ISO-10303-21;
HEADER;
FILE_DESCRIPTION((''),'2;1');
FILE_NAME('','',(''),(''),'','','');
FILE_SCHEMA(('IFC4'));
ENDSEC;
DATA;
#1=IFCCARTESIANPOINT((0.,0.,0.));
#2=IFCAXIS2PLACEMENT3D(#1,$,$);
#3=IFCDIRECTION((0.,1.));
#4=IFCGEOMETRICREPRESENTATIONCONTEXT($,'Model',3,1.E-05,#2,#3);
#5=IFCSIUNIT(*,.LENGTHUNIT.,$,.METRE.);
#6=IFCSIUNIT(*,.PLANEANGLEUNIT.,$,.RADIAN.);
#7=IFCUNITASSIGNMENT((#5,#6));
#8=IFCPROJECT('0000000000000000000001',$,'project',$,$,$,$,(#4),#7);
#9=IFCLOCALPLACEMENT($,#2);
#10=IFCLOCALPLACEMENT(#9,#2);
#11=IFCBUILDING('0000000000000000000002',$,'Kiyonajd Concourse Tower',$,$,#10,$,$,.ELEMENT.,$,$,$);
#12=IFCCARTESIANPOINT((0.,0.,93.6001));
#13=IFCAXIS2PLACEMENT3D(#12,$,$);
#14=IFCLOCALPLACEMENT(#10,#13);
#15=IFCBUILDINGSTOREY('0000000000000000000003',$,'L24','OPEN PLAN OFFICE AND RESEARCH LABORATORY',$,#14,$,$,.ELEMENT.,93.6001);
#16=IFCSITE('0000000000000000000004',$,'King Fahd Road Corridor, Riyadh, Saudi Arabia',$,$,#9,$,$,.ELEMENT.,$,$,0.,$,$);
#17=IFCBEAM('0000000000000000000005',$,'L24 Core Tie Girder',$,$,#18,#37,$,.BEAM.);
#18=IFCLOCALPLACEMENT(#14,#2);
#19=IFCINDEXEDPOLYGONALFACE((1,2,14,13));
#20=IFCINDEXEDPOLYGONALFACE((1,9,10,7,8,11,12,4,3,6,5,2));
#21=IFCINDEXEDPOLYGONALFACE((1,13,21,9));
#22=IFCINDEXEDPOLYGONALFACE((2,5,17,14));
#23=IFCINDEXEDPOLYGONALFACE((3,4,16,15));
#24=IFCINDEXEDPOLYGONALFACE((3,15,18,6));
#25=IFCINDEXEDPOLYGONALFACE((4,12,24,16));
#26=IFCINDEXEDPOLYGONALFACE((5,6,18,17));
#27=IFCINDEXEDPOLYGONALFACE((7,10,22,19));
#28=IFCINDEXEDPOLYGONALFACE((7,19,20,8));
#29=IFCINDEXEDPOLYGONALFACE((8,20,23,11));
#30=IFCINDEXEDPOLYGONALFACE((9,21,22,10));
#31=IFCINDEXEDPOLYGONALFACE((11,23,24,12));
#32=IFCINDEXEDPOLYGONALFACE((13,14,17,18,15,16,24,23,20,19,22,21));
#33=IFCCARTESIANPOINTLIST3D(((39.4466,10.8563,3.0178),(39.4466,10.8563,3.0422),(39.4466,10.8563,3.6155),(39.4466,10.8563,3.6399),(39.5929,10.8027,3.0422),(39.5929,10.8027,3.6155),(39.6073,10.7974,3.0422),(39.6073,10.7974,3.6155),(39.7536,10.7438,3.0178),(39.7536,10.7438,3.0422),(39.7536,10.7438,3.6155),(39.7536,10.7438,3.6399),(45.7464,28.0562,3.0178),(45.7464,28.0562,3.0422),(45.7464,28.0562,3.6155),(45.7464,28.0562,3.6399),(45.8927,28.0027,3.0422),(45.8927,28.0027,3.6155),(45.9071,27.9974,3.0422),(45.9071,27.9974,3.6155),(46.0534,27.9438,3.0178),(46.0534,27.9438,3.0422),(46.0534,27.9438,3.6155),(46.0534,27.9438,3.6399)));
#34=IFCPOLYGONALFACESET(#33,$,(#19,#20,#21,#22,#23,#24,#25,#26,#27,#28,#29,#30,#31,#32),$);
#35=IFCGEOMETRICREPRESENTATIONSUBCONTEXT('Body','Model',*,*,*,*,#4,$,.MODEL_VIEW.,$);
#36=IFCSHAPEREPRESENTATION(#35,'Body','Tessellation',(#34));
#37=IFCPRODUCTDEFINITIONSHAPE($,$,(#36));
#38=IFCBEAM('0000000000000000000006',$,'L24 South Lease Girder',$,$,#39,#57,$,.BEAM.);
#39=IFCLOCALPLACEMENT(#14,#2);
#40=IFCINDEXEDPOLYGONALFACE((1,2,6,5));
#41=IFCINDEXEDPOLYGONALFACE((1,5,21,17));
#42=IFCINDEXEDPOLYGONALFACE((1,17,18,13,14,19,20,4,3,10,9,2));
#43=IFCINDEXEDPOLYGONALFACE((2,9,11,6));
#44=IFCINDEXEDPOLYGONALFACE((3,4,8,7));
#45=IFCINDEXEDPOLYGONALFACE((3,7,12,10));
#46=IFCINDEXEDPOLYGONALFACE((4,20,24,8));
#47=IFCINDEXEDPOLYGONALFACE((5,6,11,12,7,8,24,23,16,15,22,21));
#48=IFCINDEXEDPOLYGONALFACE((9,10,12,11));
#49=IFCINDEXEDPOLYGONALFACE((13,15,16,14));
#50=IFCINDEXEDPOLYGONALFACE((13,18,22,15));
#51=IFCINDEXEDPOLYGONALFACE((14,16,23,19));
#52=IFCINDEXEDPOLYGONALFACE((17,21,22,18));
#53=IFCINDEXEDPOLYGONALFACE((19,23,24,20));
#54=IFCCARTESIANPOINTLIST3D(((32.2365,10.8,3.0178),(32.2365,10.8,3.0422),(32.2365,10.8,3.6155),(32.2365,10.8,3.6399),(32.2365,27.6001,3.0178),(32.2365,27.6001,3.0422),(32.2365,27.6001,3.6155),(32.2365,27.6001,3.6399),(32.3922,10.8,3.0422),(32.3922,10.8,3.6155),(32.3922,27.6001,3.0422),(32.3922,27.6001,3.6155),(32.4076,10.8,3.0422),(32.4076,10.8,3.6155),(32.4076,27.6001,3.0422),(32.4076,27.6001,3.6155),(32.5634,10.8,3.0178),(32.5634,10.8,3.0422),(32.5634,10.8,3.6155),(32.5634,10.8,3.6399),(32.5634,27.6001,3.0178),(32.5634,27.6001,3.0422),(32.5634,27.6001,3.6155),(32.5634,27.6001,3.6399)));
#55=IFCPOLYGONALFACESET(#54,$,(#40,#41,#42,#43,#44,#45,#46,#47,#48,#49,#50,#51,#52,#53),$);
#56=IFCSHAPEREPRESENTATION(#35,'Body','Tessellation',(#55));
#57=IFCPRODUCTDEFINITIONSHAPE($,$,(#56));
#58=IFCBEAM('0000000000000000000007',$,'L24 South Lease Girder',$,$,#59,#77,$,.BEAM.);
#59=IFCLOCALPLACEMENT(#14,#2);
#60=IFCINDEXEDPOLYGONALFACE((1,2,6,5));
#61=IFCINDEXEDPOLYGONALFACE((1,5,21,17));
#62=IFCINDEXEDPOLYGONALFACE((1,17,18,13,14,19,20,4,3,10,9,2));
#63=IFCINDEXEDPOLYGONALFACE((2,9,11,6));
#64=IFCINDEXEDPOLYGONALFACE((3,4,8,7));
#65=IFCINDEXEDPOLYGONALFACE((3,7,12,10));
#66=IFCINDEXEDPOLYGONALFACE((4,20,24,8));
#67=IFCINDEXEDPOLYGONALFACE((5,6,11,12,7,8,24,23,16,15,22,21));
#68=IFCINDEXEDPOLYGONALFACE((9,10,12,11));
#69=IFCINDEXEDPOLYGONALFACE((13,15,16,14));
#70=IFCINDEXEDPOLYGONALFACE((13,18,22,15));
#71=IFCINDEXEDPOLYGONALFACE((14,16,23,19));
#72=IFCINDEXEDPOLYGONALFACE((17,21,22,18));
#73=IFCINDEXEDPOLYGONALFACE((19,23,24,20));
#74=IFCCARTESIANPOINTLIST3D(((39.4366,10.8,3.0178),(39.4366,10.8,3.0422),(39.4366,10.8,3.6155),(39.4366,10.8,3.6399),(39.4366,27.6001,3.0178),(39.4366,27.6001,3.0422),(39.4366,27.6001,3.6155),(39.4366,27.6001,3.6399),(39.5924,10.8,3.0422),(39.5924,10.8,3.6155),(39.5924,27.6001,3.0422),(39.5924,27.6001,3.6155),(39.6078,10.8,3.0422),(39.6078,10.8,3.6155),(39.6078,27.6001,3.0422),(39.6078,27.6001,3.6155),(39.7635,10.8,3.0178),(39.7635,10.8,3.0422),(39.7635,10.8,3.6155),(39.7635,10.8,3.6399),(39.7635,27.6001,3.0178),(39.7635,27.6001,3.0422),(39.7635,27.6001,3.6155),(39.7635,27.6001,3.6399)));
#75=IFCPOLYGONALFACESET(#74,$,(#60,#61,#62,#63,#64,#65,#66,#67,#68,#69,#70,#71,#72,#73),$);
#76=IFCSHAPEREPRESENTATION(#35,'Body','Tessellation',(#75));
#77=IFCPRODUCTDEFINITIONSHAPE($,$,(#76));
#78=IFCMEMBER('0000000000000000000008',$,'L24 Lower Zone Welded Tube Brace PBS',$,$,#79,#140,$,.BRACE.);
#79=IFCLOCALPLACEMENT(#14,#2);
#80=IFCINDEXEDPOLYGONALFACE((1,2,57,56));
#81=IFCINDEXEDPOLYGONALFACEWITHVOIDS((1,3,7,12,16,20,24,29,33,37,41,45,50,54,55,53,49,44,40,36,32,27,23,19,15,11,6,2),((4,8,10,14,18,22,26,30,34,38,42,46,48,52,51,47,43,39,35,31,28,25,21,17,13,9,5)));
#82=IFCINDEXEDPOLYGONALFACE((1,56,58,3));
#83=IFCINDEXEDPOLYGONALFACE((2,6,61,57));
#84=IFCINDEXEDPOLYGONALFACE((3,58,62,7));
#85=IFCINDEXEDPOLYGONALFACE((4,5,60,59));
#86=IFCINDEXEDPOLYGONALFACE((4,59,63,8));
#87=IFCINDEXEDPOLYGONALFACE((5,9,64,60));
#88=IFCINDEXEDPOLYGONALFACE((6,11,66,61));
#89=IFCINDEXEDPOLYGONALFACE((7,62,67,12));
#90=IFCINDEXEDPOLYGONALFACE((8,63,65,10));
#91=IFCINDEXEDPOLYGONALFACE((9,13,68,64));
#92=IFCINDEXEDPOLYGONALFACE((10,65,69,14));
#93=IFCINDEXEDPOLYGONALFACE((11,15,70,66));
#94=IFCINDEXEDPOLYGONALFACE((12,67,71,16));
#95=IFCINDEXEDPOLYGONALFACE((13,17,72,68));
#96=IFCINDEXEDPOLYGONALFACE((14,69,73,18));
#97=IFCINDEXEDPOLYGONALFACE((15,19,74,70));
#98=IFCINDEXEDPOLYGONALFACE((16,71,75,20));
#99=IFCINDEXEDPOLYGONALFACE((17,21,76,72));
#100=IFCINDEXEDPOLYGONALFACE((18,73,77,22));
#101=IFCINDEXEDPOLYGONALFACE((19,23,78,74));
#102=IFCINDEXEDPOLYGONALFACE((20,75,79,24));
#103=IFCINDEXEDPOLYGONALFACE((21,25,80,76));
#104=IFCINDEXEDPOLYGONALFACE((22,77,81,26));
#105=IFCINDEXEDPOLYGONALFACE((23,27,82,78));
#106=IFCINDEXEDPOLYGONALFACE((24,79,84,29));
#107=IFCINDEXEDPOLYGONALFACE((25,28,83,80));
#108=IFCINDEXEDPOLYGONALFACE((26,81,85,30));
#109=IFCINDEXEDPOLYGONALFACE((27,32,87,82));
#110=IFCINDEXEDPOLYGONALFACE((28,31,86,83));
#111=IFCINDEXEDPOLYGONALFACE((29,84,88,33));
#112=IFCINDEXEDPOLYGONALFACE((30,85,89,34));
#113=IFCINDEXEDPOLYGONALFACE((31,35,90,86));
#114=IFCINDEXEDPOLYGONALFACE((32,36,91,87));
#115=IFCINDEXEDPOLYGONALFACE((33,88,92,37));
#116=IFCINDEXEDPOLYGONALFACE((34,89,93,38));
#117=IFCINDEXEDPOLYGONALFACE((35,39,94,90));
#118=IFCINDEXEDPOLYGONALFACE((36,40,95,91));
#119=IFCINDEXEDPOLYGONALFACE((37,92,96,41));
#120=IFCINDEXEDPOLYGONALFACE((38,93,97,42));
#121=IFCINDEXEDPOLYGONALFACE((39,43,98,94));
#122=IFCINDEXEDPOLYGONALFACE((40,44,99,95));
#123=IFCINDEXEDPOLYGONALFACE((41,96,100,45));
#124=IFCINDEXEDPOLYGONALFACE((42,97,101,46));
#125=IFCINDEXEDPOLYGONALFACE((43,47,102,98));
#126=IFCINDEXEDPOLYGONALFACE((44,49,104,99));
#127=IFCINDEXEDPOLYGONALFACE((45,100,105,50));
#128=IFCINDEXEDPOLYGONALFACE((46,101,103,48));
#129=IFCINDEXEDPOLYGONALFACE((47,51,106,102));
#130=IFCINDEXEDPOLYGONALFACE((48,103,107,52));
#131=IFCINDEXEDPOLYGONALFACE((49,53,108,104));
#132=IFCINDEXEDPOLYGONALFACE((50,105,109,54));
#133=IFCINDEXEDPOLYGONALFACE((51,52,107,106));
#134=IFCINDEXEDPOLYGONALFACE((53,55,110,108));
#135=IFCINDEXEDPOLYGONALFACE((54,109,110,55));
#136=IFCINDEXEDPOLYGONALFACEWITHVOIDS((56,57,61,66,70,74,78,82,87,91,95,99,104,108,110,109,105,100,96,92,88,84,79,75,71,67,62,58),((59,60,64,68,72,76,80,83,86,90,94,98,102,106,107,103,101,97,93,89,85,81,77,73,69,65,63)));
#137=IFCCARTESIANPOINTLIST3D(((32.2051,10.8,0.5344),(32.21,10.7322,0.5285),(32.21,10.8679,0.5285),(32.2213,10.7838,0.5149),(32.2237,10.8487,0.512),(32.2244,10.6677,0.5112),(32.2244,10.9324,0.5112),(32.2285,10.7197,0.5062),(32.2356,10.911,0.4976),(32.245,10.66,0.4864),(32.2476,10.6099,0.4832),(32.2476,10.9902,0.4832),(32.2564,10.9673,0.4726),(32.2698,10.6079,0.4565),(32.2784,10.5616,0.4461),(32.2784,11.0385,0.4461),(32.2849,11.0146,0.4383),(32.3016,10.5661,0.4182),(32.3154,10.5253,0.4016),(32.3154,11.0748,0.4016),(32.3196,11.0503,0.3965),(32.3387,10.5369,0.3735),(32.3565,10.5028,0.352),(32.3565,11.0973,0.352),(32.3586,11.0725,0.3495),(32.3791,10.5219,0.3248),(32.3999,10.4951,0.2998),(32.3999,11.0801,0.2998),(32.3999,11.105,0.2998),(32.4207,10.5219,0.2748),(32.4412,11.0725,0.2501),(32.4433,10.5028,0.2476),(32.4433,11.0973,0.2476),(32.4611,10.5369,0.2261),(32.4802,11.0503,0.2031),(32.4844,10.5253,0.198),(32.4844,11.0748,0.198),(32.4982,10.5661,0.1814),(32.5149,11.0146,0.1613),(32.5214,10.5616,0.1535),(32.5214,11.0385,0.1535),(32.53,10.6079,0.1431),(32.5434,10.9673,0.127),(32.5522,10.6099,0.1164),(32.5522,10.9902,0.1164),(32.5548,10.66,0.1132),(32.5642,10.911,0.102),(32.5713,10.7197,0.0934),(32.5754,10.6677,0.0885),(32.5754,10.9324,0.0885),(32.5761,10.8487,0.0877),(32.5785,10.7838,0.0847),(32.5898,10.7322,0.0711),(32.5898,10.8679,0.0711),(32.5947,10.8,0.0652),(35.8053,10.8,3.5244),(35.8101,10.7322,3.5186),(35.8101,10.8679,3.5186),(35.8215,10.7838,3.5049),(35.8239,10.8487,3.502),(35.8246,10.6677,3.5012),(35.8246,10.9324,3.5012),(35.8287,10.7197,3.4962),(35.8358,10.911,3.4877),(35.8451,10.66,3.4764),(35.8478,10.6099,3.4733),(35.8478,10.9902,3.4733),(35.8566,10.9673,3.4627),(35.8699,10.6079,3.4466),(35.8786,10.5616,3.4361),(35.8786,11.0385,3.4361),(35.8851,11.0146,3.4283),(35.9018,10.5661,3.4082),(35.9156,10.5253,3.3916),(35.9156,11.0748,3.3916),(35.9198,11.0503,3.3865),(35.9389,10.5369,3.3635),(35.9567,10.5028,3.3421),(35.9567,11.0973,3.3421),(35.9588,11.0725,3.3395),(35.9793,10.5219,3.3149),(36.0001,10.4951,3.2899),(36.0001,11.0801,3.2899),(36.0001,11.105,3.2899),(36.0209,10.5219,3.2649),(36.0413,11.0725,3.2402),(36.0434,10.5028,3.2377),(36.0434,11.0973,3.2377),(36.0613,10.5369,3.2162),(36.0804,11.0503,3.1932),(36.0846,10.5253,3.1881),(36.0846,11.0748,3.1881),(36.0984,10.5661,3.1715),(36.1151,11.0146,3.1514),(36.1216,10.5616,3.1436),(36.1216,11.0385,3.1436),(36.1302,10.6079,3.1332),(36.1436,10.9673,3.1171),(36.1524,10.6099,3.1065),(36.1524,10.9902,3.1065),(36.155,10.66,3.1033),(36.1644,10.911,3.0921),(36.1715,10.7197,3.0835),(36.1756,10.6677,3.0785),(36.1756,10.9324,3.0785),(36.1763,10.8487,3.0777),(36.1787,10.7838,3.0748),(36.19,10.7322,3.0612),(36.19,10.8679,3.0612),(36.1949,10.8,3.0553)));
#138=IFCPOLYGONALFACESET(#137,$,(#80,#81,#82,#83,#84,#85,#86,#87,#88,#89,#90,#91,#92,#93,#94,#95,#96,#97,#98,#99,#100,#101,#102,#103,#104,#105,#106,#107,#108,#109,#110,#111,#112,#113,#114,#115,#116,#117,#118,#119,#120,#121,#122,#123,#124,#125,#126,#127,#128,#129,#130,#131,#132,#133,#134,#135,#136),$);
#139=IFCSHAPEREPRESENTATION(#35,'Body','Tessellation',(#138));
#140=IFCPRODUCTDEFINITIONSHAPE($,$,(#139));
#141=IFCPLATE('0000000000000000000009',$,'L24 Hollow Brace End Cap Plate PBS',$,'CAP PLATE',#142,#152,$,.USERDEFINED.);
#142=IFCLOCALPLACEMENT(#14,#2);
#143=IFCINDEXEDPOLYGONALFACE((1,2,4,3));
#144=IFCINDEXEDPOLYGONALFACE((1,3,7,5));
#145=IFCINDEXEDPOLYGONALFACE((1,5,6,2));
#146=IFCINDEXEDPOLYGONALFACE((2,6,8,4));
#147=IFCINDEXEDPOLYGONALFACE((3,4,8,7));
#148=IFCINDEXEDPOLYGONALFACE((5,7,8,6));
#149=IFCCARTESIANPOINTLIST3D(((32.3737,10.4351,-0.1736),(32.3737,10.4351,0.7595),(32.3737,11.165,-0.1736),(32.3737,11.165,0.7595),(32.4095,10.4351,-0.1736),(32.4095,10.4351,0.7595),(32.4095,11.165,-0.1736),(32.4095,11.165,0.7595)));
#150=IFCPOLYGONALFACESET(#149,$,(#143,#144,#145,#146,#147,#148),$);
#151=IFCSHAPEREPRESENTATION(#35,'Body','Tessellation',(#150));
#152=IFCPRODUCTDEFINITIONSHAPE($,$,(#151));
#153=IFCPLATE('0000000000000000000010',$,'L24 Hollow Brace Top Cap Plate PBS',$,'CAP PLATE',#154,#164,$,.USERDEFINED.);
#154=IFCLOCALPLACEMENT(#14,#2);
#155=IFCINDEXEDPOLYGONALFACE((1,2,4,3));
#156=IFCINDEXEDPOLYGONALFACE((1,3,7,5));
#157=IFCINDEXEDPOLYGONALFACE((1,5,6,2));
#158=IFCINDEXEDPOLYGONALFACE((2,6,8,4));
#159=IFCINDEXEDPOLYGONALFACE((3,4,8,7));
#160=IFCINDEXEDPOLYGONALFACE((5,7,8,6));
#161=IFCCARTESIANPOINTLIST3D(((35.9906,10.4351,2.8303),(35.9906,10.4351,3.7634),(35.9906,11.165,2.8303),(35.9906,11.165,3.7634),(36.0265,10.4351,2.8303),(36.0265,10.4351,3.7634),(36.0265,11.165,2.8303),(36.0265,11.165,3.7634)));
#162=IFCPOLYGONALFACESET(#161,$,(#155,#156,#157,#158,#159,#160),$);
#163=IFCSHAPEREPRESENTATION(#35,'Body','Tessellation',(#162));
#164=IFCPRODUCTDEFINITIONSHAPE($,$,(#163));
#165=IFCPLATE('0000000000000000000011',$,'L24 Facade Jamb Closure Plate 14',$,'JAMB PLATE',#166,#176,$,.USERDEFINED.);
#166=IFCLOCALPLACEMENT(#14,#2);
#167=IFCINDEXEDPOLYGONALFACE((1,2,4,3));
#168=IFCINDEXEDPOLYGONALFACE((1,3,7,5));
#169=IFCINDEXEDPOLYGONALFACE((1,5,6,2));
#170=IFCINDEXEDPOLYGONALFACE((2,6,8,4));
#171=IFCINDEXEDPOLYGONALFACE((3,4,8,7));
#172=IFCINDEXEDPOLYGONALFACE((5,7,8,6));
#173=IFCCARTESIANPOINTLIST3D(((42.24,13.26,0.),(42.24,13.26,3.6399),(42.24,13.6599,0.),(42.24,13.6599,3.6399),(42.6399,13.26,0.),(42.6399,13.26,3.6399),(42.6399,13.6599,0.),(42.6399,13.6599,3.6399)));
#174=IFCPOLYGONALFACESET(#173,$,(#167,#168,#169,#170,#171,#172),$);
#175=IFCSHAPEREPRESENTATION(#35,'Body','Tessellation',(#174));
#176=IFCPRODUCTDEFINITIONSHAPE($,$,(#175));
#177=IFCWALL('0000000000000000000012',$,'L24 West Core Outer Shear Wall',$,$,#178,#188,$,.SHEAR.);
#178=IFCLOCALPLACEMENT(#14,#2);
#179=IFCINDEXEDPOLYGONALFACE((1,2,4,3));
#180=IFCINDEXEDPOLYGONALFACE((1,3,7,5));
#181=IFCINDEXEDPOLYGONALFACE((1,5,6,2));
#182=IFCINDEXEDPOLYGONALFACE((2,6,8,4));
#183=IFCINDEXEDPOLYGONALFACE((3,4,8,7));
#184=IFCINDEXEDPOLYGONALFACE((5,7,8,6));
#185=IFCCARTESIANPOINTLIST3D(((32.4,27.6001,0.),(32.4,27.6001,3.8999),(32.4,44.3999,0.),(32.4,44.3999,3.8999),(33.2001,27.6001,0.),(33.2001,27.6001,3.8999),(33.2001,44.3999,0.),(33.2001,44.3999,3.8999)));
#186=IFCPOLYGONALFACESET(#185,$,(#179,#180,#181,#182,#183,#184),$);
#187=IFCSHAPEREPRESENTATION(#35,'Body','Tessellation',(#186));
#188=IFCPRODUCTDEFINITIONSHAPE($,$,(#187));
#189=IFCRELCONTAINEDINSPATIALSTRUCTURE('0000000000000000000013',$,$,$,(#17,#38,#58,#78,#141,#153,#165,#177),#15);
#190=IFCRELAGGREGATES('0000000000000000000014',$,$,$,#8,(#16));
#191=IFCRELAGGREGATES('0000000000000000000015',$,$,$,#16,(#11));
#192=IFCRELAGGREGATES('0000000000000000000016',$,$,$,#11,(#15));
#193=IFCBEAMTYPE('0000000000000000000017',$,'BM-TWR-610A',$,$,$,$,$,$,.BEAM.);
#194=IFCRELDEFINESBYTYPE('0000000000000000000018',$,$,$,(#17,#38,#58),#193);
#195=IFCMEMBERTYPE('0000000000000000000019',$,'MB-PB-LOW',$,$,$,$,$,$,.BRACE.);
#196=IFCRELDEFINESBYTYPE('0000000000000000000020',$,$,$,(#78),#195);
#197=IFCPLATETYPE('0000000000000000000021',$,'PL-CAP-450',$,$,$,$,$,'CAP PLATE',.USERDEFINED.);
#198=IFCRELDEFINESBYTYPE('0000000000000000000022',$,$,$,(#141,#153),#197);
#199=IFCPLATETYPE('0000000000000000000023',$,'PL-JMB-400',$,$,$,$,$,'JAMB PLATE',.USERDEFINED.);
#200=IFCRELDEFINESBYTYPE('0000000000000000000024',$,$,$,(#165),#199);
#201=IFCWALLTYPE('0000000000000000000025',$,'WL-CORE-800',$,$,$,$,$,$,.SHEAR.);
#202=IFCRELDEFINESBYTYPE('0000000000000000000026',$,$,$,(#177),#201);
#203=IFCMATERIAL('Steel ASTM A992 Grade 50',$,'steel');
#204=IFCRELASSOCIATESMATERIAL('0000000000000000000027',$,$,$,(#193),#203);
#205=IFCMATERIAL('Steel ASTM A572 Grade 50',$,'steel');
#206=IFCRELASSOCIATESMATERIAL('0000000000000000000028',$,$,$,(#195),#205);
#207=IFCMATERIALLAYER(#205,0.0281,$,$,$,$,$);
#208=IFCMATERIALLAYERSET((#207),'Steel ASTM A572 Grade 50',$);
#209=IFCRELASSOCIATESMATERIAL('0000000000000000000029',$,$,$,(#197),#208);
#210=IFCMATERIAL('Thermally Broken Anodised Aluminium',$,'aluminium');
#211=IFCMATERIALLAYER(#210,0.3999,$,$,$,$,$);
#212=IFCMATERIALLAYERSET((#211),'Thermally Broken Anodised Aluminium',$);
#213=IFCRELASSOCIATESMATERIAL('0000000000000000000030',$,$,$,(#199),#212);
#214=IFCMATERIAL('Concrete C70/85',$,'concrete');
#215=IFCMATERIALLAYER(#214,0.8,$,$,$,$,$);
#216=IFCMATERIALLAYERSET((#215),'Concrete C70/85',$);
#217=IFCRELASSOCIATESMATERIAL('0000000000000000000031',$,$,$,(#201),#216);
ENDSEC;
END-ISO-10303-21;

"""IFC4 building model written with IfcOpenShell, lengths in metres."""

from ifc_helpers import new_model, si_unit, direction, frame, frame_2d, origin, origin_2d, place, context, subcontext, project, spatial, rectangle, hollow_circle, i_section, extrude, material, layer, layer_set, material_profile, profile_set, type_object, element, save


model = new_model("IFC4")

# Units and contexts
model_context = context("Model", 3, precision=1e-05, world=origin(), true_north=direction((0.0, 1.0)))
body_context = subcontext(model_context, "Body", "Model", "MODEL_VIEW")
ifc_project = project(units=[si_unit("LENGTHUNIT", "METRE"), si_unit("PLANEANGLEUNIT", "RADIAN")], contexts=[model_context])

# Site, building, storey
site_placement = place(None, origin())
site = spatial("IfcSite", under=ifc_project, at=site_placement, Name="King Fahd Road Corridor, Riyadh, Saudi Arabia", CompositionType="ELEMENT", RefElevation=0.0)
building_placement = place(site_placement, origin())
building = spatial("IfcBuilding", under=site, at=building_placement, Name="Kiyonajd Concourse Tower", CompositionType="ELEMENT")
storey_placement = place(building_placement, frame((0.0, 0.0, 93.6001)))
storey = spatial("IfcBuildingStorey", under=building, at=storey_placement, Name="L24", Description="OPEN PLAN OFFICE AND RESEARCH LABORATORY", CompositionType="ELEMENT", Elevation=93.6001)

# Shared definitions
ifc_material_1 = material(Name="Concrete C70/85", Category="concrete")

# Beams
ifc_material_2 = material(Name="Steel ASTM A992 Grade 50", Category="steel")
ifc_material_profile_1 = material_profile(ifc_material_2, i_section(OverallWidth=0.3269, OverallDepth=0.6221, WebThickness=0.0154, FlangeThickness=0.0244, at=origin_2d()), Name="W610X195")
ifc_profile_set_1 = profile_set([ifc_material_profile_1], Name="Steel ASTM A992 Grade 50")
beam_type_1 = type_object("IfcBeamType", Name="BM-TWR-610A", PredefinedType="BEAM", material=ifc_profile_set_1)
beam_1_placement = place(storey_placement, frame((39.6001, 10.8, 3.3289), z_axis=(0.343925, 0.938997, 0.0), x_axis=(-0.938997, 0.343925, 0.0)))
element("IfcBeam", 1, at=beam_1_placement, inside=storey, type_object=beam_type_1, Name="L24 Core Tie Girder", PredefinedType="BEAM", context=body_context, shape_type="SweptSolid", body=[
    extrude(i_section(OverallWidth=0.3269, OverallDepth=0.6221, WebThickness=0.0154, FlangeThickness=0.0244, at=origin_2d()), origin(), (0.0, 0.0, 1.0), 18.3174),
])
for number, where, z_axis, x_axis, name in (
    (2, (32.3999, 10.8, 3.3289), (0.0, 1.0, 0.0), (-1.0, 0.0, 0.0), "L24 South Lease Girder"),
    (3, (39.6001, 10.8, 3.3289), (0.0, 1.0, 0.0), (-1.0, 0.0, 0.0), "L24 South Lease Girder"),
):
    element("IfcBeam", number, at=place(storey_placement, frame(where, z_axis=z_axis, x_axis=x_axis)), inside=storey, type_object=beam_type_1, Name=name, PredefinedType="BEAM", context=body_context, shape_type="SweptSolid", body=[
        extrude(i_section(OverallWidth=0.3269, OverallDepth=0.6221, WebThickness=0.0154, FlangeThickness=0.0244, at=origin_2d()), origin(), (0.0, 0.0, 1.0), 16.8),
    ])

# Member
ifc_material_3 = material(Name="Steel ASTM A572 Grade 50", Category="steel")
ifc_material_profile_2 = material_profile(ifc_material_3, hollow_circle(Radius=0.3049, WallThickness=0.0249, at=origin_2d()), Name="CHS-610x25")
ifc_profile_set_2 = profile_set([ifc_material_profile_2], Name="Steel ASTM A572 Grade 50")
member_type = type_object("IfcMemberType", Name="MB-PB-LOW", PredefinedType="BRACE", material=ifc_profile_set_2)
member_placement = place(storey_placement, frame((32.3999, 10.8, 0.2998), z_axis=(0.769281, 0.0, 0.638911), x_axis=(0.0, 1.0, 0.0)))
element("IfcMember", 4, at=member_placement, inside=storey, type_object=member_type, Name="L24 Lower Zone Welded Tube Brace PBS", PredefinedType="BRACE", context=body_context, shape_type="SweptSolid", body=[
    extrude(hollow_circle(Radius=0.3049, WallThickness=0.0249, at=origin_2d()), origin(), (0.0, 0.0, 1.0), 4.6799),
])

# Plates
ifc_layer_1 = layer(ifc_material_3, 0.0281)
ifc_layer_set_1 = layer_set([ifc_layer_1], Name="Steel ASTM A572 Grade 50")
plate_type_1 = type_object("IfcPlateType", Name="PL-CAP-450", ElementType="CAP PLATE", PredefinedType="USERDEFINED", material=ifc_layer_set_1)
for number, where, z_axis, x_axis, name in (
    (5, (32.3916, 10.8, -0.1736), (0.0, 0.0, 1.0), (-1.0, 0.0, 0.0), "L24 Hollow Brace End Cap Plate PBS"),
    (6, (36.0085, 10.8, 2.8303), (0.0, 0.0, 1.0), (1.0, 0.0, 0.0), "L24 Hollow Brace Top Cap Plate PBS"),
):
    element("IfcPlate", number, at=place(storey_placement, frame(where, z_axis=z_axis, x_axis=x_axis)), inside=storey, type_object=plate_type_1, Name=name, ObjectType="CAP PLATE", PredefinedType="USERDEFINED", context=body_context, shape_type="SweptSolid", body=[
        extrude(rectangle(XDim=0.0359, YDim=0.73, at=origin_2d()), origin(), (0.0, 0.0, 1.0), 0.9331),
    ])
ifc_material_4 = material(Name="Thermally Broken Anodised Aluminium", Category="aluminium")
ifc_layer_2 = layer(ifc_material_4, 0.3999)
ifc_layer_set_2 = layer_set([ifc_layer_2], Name="Thermally Broken Anodised Aluminium")
plate_type_2 = type_object("IfcPlateType", Name="PL-JMB-400", ElementType="JAMB PLATE", PredefinedType="USERDEFINED", material=ifc_layer_set_2)
plate_placement = place(storey_placement, frame((42.4399, 13.46, 0.0), z_axis=(0.0, 0.0, 1.0), x_axis=(1.0, 0.0, 0.0)))
element("IfcPlate", 7, at=plate_placement, inside=storey, type_object=plate_type_2, Name="L24 Facade Jamb Closure Plate 14", ObjectType="JAMB PLATE", PredefinedType="USERDEFINED", context=body_context, shape_type="SweptSolid", body=[
    extrude(rectangle(XDim=0.3999, YDim=0.3999, at=origin_2d()), origin(), (0.0, 0.0, 1.0), 3.6399),
])

# Wall
ifc_layer_3 = layer(ifc_material_1, 0.8)
ifc_layer_set_3 = layer_set([ifc_layer_3], Name="Concrete C70/85")
wall_type_1 = type_object("IfcWallType", Name="WL-CORE-800", PredefinedType="SHEAR", material=ifc_layer_set_3)
wall_1_placement = place(storey_placement, frame((32.8, 27.6001, 0.0), z_axis=(0.0, 0.0, 1.0), x_axis=(0.0, 1.0, 0.0)))
element("IfcWall", 8, at=wall_1_placement, inside=storey, type_object=wall_type_1, Name="L24 West Core Outer Shear Wall", PredefinedType="SHEAR", context=body_context, shape_type="SweptSolid", body=[
    extrude(rectangle(XDim=16.7998, YDim=0.8, at=frame_2d((8.3999, 0.0))), origin(), (0.0, 0.0, 1.0), 3.8999),
])

save(model, "model.ifc")
